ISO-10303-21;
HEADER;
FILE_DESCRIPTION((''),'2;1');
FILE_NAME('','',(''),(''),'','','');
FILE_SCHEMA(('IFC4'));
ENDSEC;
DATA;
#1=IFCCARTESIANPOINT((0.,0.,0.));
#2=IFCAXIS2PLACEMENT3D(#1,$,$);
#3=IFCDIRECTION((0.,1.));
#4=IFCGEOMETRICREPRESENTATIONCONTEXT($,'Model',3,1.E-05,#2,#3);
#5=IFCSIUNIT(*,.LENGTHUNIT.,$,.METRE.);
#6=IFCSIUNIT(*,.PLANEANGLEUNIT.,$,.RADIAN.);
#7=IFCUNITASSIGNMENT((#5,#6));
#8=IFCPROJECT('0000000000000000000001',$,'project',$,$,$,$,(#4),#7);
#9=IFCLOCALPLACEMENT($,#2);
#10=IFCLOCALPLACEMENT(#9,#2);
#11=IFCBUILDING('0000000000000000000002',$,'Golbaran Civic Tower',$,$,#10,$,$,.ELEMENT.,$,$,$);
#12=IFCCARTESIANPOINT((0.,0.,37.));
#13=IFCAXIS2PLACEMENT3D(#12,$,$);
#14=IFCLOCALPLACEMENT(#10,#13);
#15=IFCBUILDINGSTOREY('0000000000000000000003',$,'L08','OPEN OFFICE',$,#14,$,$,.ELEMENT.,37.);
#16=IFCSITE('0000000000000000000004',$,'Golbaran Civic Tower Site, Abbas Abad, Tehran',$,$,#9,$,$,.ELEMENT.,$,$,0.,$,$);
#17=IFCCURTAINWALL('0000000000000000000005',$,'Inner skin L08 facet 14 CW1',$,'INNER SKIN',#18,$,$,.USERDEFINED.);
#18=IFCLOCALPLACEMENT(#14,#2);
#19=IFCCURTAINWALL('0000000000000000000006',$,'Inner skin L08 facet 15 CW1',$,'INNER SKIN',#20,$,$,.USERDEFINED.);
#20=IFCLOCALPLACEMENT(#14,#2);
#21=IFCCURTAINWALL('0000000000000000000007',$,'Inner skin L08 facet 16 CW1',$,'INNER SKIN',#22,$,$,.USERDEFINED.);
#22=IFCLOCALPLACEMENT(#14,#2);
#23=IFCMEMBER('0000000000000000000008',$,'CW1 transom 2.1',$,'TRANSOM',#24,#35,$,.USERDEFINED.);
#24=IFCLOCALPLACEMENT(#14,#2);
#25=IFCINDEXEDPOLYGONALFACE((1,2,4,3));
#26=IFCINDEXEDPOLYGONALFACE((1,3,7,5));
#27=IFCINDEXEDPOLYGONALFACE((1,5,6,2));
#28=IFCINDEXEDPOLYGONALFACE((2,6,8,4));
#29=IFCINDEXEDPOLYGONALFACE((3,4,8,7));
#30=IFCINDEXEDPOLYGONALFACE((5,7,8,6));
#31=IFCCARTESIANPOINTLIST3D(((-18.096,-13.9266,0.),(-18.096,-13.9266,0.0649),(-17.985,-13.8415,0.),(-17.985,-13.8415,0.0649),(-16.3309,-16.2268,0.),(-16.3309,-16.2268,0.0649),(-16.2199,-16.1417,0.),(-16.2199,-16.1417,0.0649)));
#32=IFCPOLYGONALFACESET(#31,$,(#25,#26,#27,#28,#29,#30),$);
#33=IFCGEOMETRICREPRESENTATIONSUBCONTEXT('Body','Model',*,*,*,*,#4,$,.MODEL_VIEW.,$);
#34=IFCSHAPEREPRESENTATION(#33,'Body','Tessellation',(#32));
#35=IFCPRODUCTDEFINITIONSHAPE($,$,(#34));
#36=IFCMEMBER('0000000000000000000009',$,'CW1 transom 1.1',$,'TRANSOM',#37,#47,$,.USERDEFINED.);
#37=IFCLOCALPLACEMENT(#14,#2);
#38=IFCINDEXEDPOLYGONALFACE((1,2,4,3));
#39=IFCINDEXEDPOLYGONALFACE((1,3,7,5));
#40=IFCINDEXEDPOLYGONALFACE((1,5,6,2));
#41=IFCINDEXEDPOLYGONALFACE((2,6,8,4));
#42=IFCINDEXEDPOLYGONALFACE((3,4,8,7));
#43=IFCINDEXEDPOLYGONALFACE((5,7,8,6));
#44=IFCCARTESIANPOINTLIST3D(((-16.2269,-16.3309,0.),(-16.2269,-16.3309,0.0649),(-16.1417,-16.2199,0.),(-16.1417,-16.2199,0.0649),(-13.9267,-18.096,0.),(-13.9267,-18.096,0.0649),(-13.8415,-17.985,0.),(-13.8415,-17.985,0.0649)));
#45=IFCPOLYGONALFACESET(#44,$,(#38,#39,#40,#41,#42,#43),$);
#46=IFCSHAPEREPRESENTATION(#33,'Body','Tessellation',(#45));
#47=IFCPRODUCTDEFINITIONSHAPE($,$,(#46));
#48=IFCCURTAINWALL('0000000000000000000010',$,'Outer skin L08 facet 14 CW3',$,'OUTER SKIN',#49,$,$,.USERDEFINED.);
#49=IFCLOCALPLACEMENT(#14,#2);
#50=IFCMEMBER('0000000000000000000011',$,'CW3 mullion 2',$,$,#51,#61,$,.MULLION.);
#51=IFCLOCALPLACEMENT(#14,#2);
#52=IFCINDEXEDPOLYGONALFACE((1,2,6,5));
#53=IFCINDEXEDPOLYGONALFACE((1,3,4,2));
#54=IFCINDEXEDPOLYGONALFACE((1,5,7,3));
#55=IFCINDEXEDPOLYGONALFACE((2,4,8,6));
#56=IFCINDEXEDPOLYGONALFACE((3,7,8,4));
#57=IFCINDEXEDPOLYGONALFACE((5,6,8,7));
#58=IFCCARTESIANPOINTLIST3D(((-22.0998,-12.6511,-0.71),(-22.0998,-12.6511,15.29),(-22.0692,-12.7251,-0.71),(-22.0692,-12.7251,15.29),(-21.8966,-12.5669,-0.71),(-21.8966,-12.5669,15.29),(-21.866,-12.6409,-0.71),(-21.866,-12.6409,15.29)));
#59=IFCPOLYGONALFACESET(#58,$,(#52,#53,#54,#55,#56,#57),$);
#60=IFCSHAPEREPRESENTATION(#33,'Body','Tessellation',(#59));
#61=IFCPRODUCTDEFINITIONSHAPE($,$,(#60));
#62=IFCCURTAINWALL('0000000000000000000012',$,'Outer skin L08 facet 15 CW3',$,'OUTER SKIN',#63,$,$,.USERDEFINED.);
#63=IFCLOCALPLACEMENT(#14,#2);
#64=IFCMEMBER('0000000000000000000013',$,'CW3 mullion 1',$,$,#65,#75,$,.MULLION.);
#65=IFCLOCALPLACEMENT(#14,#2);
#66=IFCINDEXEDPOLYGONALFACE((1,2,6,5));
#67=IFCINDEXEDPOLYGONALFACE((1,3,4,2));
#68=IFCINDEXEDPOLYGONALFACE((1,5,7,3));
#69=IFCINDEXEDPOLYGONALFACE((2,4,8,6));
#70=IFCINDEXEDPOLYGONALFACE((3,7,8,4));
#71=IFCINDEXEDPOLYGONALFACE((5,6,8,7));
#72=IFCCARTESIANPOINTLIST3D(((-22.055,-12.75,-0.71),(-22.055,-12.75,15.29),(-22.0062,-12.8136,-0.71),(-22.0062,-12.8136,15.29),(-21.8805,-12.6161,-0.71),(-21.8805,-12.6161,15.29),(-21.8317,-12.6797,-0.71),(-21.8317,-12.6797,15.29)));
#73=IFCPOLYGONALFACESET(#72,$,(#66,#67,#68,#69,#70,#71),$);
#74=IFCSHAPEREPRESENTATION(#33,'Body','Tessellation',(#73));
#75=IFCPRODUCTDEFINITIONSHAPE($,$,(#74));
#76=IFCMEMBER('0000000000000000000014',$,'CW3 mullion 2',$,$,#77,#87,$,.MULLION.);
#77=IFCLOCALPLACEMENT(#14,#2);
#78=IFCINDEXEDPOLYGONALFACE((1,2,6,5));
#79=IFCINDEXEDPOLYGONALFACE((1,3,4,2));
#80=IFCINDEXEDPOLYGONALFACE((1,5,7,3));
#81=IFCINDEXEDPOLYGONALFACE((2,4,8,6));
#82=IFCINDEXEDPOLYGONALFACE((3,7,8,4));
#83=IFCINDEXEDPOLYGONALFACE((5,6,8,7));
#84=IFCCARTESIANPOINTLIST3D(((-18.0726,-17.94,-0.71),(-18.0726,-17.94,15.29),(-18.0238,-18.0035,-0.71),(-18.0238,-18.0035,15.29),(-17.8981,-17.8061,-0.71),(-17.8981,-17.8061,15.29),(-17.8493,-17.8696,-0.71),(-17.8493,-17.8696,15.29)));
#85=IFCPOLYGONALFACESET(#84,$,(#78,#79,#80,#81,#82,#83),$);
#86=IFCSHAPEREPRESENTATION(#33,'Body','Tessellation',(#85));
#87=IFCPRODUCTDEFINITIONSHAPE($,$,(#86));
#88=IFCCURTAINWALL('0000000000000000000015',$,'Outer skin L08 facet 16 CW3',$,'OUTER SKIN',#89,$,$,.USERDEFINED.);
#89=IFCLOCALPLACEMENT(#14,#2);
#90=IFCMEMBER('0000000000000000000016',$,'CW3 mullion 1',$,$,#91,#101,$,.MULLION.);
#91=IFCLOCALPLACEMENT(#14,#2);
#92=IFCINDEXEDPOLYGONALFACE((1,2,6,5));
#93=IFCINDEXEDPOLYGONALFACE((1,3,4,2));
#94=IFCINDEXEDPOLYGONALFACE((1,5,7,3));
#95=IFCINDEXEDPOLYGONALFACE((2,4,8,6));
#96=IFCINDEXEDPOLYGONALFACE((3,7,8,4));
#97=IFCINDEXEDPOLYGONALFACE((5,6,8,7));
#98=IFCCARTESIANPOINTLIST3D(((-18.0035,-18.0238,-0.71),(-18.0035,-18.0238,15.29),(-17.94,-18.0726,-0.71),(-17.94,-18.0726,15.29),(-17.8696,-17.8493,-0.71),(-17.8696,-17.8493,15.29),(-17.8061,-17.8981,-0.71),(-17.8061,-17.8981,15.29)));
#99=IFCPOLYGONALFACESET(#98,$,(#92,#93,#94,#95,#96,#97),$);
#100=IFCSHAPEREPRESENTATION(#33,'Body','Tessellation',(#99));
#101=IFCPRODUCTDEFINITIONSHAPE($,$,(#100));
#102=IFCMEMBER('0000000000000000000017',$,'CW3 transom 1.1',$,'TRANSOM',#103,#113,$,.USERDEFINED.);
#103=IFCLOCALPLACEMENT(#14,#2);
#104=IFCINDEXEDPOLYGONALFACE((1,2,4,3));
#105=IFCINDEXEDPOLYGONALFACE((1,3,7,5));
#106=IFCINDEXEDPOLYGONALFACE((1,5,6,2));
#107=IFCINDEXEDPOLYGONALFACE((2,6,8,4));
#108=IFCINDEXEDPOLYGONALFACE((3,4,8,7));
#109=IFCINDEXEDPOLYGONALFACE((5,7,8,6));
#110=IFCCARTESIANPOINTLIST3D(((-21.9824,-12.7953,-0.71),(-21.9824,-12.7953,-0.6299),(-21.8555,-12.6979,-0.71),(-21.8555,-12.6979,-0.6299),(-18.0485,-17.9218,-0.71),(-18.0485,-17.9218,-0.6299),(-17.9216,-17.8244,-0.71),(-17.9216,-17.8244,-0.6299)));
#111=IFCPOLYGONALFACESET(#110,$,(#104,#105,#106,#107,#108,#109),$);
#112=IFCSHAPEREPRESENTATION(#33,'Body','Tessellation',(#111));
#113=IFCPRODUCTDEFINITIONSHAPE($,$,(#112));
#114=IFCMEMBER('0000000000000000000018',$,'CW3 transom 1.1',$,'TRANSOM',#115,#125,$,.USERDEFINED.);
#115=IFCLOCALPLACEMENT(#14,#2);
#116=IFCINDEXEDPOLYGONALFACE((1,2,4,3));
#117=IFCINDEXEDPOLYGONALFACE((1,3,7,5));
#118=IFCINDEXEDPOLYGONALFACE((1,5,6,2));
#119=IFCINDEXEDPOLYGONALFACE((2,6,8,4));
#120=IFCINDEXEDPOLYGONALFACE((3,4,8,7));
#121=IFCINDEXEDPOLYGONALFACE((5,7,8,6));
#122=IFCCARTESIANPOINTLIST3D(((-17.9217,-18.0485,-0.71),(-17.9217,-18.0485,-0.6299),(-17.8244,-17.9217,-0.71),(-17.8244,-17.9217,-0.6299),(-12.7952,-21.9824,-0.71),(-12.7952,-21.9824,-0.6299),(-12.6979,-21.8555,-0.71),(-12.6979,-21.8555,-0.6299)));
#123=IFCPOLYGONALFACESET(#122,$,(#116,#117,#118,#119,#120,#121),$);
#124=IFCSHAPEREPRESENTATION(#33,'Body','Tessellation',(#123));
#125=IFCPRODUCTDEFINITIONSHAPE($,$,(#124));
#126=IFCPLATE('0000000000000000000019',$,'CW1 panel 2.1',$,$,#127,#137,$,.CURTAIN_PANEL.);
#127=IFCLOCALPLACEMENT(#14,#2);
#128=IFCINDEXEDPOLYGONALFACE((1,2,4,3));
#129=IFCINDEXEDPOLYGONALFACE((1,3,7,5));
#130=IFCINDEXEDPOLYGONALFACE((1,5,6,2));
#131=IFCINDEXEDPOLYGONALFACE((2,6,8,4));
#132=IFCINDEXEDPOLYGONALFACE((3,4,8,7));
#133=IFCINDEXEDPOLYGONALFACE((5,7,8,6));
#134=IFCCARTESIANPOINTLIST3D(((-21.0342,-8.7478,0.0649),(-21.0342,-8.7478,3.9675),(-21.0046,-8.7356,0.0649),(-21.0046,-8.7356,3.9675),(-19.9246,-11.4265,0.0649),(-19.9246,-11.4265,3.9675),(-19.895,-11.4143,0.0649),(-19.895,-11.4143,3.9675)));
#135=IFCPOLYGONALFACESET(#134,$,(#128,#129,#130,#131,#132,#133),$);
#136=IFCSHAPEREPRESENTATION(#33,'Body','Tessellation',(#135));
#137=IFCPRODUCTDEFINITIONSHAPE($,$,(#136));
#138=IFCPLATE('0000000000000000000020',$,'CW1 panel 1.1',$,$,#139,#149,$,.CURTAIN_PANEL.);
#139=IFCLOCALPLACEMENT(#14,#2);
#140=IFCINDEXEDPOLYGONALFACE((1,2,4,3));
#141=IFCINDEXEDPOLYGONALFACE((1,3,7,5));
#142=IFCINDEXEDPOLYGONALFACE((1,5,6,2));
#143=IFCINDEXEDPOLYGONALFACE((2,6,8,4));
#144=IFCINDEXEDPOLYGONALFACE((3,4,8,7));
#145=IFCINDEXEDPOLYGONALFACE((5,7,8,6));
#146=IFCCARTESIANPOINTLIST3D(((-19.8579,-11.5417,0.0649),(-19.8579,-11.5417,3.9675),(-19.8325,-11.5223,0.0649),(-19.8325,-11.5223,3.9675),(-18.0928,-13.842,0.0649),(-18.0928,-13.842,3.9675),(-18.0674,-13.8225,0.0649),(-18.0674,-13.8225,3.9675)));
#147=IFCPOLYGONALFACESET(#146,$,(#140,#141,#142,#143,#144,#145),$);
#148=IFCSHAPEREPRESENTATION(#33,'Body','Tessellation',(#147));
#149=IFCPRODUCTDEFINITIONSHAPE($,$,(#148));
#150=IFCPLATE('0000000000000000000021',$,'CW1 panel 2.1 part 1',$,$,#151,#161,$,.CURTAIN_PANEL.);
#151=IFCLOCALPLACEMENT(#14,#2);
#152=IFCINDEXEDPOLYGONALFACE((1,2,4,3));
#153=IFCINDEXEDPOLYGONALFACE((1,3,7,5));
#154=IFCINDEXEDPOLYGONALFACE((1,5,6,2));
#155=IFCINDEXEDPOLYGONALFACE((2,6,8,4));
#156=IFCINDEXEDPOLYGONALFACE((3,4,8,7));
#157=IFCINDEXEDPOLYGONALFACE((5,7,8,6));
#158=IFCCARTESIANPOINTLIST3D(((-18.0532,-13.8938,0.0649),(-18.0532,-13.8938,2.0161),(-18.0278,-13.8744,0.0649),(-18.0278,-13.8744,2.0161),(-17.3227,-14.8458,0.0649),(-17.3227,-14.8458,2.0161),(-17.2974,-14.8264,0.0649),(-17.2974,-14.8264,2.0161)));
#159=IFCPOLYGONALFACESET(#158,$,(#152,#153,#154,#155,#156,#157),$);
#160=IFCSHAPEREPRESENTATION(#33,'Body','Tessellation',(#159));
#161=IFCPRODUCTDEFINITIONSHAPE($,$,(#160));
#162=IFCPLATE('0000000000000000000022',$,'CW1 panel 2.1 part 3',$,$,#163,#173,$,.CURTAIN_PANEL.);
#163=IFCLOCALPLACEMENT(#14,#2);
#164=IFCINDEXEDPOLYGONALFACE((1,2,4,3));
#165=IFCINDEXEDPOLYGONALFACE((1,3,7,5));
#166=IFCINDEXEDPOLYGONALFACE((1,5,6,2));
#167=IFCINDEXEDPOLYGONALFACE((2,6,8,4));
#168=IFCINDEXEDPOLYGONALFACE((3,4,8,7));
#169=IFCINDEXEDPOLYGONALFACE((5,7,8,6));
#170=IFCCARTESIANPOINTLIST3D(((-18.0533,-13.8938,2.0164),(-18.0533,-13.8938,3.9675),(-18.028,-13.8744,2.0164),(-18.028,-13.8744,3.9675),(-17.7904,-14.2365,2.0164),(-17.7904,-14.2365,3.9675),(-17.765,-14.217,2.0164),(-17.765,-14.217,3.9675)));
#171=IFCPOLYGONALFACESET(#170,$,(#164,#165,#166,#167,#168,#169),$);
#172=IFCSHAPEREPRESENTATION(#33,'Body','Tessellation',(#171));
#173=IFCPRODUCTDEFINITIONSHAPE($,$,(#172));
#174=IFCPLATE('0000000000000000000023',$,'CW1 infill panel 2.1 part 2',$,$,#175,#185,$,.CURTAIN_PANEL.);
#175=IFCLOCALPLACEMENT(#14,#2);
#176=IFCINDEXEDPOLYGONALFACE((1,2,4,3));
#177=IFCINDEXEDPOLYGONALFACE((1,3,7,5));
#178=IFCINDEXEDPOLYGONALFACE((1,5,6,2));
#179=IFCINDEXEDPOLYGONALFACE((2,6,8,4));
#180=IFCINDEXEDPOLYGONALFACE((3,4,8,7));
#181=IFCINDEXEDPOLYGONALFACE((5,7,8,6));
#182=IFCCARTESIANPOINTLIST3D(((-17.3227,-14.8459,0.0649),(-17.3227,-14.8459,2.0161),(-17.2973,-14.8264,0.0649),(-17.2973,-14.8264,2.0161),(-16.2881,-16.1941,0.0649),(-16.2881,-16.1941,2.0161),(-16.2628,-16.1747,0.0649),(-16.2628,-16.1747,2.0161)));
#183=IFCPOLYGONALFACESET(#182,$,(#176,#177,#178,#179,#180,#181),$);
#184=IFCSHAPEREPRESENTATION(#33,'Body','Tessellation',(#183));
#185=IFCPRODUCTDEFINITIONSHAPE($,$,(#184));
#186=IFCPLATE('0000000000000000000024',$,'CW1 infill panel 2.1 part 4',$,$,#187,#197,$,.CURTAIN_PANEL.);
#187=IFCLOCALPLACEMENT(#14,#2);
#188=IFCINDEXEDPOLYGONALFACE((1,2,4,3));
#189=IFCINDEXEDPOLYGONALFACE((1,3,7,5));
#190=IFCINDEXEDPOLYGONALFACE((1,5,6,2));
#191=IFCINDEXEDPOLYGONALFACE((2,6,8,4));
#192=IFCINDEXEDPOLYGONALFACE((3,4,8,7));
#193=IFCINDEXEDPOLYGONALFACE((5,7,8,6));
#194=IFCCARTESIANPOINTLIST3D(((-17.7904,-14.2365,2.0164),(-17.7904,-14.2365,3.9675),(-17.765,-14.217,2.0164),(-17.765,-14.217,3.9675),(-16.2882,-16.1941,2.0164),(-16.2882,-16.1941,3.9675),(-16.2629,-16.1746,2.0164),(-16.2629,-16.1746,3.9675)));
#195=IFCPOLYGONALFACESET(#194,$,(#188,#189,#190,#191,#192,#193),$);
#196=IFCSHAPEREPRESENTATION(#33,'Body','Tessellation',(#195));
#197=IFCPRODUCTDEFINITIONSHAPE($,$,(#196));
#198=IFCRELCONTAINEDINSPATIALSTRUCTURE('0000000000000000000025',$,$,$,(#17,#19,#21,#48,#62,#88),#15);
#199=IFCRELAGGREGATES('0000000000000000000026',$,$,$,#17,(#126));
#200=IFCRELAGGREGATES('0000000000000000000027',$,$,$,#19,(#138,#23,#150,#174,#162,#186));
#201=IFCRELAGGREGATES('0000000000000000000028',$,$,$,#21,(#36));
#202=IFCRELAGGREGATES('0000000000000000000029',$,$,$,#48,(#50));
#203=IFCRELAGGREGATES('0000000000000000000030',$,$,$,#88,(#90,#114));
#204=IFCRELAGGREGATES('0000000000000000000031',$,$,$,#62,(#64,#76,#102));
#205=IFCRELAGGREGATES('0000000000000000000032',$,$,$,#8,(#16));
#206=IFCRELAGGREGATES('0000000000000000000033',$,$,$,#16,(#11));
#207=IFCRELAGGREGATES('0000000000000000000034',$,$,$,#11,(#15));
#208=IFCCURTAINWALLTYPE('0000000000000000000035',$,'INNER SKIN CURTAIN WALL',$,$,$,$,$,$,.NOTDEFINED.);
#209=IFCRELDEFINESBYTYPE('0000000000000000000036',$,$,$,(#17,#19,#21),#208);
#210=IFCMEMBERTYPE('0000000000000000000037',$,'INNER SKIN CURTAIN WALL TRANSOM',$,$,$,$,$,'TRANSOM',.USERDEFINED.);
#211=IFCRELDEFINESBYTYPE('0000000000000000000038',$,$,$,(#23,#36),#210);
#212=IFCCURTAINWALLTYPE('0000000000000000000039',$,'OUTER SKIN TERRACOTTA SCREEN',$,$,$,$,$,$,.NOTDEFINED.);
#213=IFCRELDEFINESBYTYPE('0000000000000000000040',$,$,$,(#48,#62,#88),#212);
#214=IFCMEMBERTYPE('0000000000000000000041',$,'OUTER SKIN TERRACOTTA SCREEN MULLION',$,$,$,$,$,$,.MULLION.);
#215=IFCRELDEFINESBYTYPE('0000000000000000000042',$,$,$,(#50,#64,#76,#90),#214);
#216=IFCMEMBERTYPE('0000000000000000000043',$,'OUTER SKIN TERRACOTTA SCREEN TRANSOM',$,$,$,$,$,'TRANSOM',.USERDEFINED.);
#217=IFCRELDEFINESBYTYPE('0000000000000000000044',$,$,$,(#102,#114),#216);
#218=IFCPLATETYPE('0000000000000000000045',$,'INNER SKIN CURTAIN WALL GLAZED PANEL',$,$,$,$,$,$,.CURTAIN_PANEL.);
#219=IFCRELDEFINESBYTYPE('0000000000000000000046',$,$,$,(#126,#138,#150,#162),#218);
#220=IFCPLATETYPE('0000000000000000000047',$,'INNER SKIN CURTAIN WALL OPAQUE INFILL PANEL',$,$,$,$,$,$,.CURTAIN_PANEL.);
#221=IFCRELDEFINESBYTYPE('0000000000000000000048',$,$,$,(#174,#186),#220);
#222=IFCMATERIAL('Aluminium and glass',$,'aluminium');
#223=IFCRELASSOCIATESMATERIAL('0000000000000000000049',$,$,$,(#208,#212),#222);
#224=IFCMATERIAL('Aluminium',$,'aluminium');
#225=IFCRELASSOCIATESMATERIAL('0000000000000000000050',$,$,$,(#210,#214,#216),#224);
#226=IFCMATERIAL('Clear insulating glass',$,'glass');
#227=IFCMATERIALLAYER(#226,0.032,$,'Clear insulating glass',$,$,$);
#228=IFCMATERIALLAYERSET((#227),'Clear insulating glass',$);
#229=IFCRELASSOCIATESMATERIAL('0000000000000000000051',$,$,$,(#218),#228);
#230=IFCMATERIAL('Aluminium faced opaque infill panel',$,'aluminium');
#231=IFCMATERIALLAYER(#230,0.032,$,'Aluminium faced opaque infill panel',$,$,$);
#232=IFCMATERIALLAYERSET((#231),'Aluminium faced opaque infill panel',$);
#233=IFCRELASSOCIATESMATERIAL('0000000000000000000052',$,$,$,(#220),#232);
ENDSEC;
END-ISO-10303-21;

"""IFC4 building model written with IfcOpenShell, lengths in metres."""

from ifc_helpers import new_model, si_unit, direction, frame, origin, origin_2d, place, context, subcontext, project, spatial, rectangle, extrude, material, layer, layer_set, material_profile, profile_set, type_object, element, aggregate, save


model = new_model("IFC4")

# Units and contexts
model_context = context("Model", 3, precision=1e-05, world=origin(), true_north=direction((0.0, 1.0)))
body_context = subcontext(model_context, "Body", "Model", "MODEL_VIEW")
ifc_project = project(units=[si_unit("LENGTHUNIT", "METRE"), si_unit("PLANEANGLEUNIT", "RADIAN")], contexts=[model_context])

# Site, building, storey
site_placement = place(None, origin())
site = spatial("IfcSite", under=ifc_project, at=site_placement, Name="Golbaran Civic Tower Site, Abbas Abad, Tehran", CompositionType="ELEMENT", RefElevation=0.0)
building_placement = place(site_placement, origin())
building = spatial("IfcBuilding", under=site, at=building_placement, Name="Golbaran Civic Tower", CompositionType="ELEMENT")
storey_placement = place(building_placement, frame((0.0, 0.0, 37.0)))
storey = spatial("IfcBuildingStorey", under=building, at=storey_placement, Name="L08", Description="OPEN OFFICE", CompositionType="ELEMENT", Elevation=37.0)

# Curtain wall
ifc_material_1 = material(Name="Aluminium and glass", Category="aluminium")
curtain_wall_type_1 = type_object("IfcCurtainWallType", Name="INNER SKIN CURTAIN WALL", PredefinedType="NOTDEFINED", material=ifc_material_1)
curtain_wall_1_placement = place(storey_placement, origin())
curtain_wall_1 = element("IfcCurtainWall", 1, at=curtain_wall_1_placement, inside=storey, type_object=curtain_wall_type_1, Name="Inner skin L08 facet 14 CW1", ObjectType="INNER SKIN", PredefinedType="USERDEFINED")
ifc_material_2 = material(Name="Aluminium", Category="aluminium")

# Curtain wall
curtain_wall_2_placement = place(storey_placement, origin())
curtain_wall_2 = element("IfcCurtainWall", 2, at=curtain_wall_2_placement, inside=storey, type_object=curtain_wall_type_1, Name="Inner skin L08 facet 15 CW1", ObjectType="INNER SKIN", PredefinedType="USERDEFINED")

# Curtain wall
curtain_wall_3_placement = place(storey_placement, origin())
curtain_wall_3 = element("IfcCurtainWall", 3, at=curtain_wall_3_placement, inside=storey, type_object=curtain_wall_type_1, Name="Inner skin L08 facet 16 CW1", ObjectType="INNER SKIN", PredefinedType="USERDEFINED")

# Members
ifc_material_profile_1 = material_profile(ifc_material_2, rectangle(XDim=0.1399, YDim=0.0649, at=origin_2d()), Name="INNER SKIN CURTAIN WALL TRANSOM")
ifc_profile_set_1 = profile_set([ifc_material_profile_1], Name="Aluminium")
member_type_1 = type_object("IfcMemberType", Name="INNER SKIN CURTAIN WALL TRANSOM", ElementType="TRANSOM", PredefinedType="USERDEFINED", material=ifc_profile_set_1)
member_1_placement = place(storey_placement, frame((-18.0405, -13.884, 0.0325), z_axis=(0.608774, -0.793343, 0.0), x_axis=(0.793343, 0.608774, 0.0)))
member_1 = element("IfcMember", 4, at=member_1_placement, type_object=member_type_1, Name="CW1 transom 2.1", ObjectType="TRANSOM", PredefinedType="USERDEFINED", context=body_context, shape_type="SweptSolid", body=[
    extrude(rectangle(XDim=0.1399, YDim=0.0649, at=origin_2d()), origin(), (0.0, 0.0, 1.0), 2.8994),
])
member_2_placement = place(storey_placement, frame((-16.1843, -16.2754, 0.0325), z_axis=(0.793343, -0.608774, 0.0), x_axis=(0.608774, 0.793343, 0.0)))
member_2 = element("IfcMember", 5, at=member_2_placement, type_object=member_type_1, Name="CW1 transom 1.1", ObjectType="TRANSOM", PredefinedType="USERDEFINED", context=body_context, shape_type="SweptSolid", body=[
    extrude(rectangle(XDim=0.1399, YDim=0.0649, at=origin_2d()), origin(), (0.0, 0.0, 1.0), 2.8994),
])

# Curtain wall, member
curtain_wall_type_2 = type_object("IfcCurtainWallType", Name="OUTER SKIN TERRACOTTA SCREEN", PredefinedType="NOTDEFINED", material=ifc_material_1)
curtain_wall_4_placement = place(storey_placement, origin())
curtain_wall_4 = element("IfcCurtainWall", 6, at=curtain_wall_4_placement, inside=storey, type_object=curtain_wall_type_2, Name="Outer skin L08 facet 14 CW3", ObjectType="OUTER SKIN", PredefinedType="USERDEFINED")
ifc_material_profile_2 = material_profile(ifc_material_2, rectangle(XDim=0.22, YDim=0.0801, at=origin_2d()), Name="OUTER SKIN TERRACOTTA SCREEN MULLION")
ifc_profile_set_2 = profile_set([ifc_material_profile_2], Name="Aluminium")
member_type_2 = type_object("IfcMemberType", Name="OUTER SKIN TERRACOTTA SCREEN MULLION", PredefinedType="MULLION", material=ifc_profile_set_2)
member_3_placement = place(storey_placement, frame((-21.9829, -12.646, -0.71), z_axis=(0.0, 0.0, 1.0), x_axis=(0.92388, 0.382683, 0.0)))
member_3 = element("IfcMember", 7, at=member_3_placement, type_object=member_type_2, Name="CW3 mullion 2", PredefinedType="MULLION", context=body_context, shape_type="SweptSolid", body=[
    extrude(rectangle(XDim=0.22, YDim=0.0801, at=origin_2d()), origin(), (0.0, 0.0, 1.0), 16.0),
])

# Curtain wall, members
curtain_wall_5_placement = place(storey_placement, origin())
curtain_wall_5 = element("IfcCurtainWall", 8, at=curtain_wall_5_placement, inside=storey, type_object=curtain_wall_type_2, Name="Outer skin L08 facet 15 CW3", ObjectType="OUTER SKIN", PredefinedType="USERDEFINED")
member_4_placement = place(storey_placement, frame((-21.9434, -12.7148, -0.71), z_axis=(0.0, 0.0, 1.0), x_axis=(0.793353, 0.608761, 0.0)))
member_4 = element("IfcMember", 9, at=member_4_placement, type_object=member_type_2, Name="CW3 mullion 1", PredefinedType="MULLION", context=body_context, shape_type="SweptSolid", body=[
    extrude(rectangle(XDim=0.22, YDim=0.0801, at=origin_2d()), origin(), (0.0, 0.0, 1.0), 16.0),
])
member_5_placement = place(storey_placement, frame((-17.9609, -17.9048, -0.71), z_axis=(0.0, 0.0, 1.0), x_axis=(0.793353, 0.608761, 0.0)))
member_5 = element("IfcMember", 10, at=member_5_placement, type_object=member_type_2, Name="CW3 mullion 2", PredefinedType="MULLION", context=body_context, shape_type="SweptSolid", body=[
    extrude(rectangle(XDim=0.22, YDim=0.0801, at=origin_2d()), origin(), (0.0, 0.0, 1.0), 16.0),
])

# Curtain wall, member
curtain_wall_6_placement = place(storey_placement, origin())
curtain_wall_6 = element("IfcCurtainWall", 11, at=curtain_wall_6_placement, inside=storey, type_object=curtain_wall_type_2, Name="Outer skin L08 facet 16 CW3", ObjectType="OUTER SKIN", PredefinedType="USERDEFINED")
member_6_placement = place(storey_placement, frame((-17.9048, -17.9609, -0.71), z_axis=(0.0, 0.0, 1.0), x_axis=(0.608761, 0.793353, 0.0)))
member_6 = element("IfcMember", 12, at=member_6_placement, type_object=member_type_2, Name="CW3 mullion 1", PredefinedType="MULLION", context=body_context, shape_type="SweptSolid", body=[
    extrude(rectangle(XDim=0.22, YDim=0.0801, at=origin_2d()), origin(), (0.0, 0.0, 1.0), 16.0),
])

# Members
ifc_material_profile_3 = material_profile(ifc_material_2, rectangle(XDim=0.1599, YDim=0.0801, at=origin_2d()), Name="OUTER SKIN TERRACOTTA SCREEN TRANSOM")
ifc_profile_set_3 = profile_set([ifc_material_profile_3], Name="Aluminium")
member_type_3 = type_object("IfcMemberType", Name="OUTER SKIN TERRACOTTA SCREEN TRANSOM", ElementType="TRANSOM", PredefinedType="USERDEFINED", material=ifc_profile_set_3)
member_7_placement = place(storey_placement, frame((-21.9189, -12.7466, -0.6699), z_axis=(0.608777, -0.793341, 0.0), x_axis=(0.793341, 0.608777, 0.0)))
member_7 = element("IfcMember", 13, at=member_7_placement, type_object=member_type_3, Name="CW3 transom 1.1", ObjectType="TRANSOM", PredefinedType="USERDEFINED", context=body_context, shape_type="SweptSolid", body=[
    extrude(rectangle(XDim=0.1599, YDim=0.0801, at=origin_2d()), origin(), (0.0, 0.0, 1.0), 6.4619),
])
member_8_placement = place(storey_placement, frame((-17.873, -17.9851, -0.6699), z_axis=(0.793341, -0.608777, 0.0), x_axis=(0.608777, 0.793341, 0.0)))
member_8 = element("IfcMember", 14, at=member_8_placement, type_object=member_type_3, Name="CW3 transom 1.1", ObjectType="TRANSOM", PredefinedType="USERDEFINED", context=body_context, shape_type="SweptSolid", body=[
    extrude(rectangle(XDim=0.1599, YDim=0.0801, at=origin_2d()), origin(), (0.0, 0.0, 1.0), 6.4619),
])

# Plates
ifc_material_3 = material(Name="Clear insulating glass", Category="glass")
ifc_layer_1 = layer(ifc_material_3, 0.032, Name="Clear insulating glass")
ifc_layer_set_1 = layer_set([ifc_layer_1], Name="Clear insulating glass")
plate_type_1 = type_object("IfcPlateType", Name="INNER SKIN CURTAIN WALL GLAZED PANEL", PredefinedType="CURTAIN_PANEL", material=ifc_layer_set_1)
plate_1_placement = place(storey_placement, frame((-20.4646, -10.0811, 0.0649), z_axis=(0.0, 0.0, 1.0), x_axis=(0.382683, -0.92388, 0.0)))
plate_1 = element("IfcPlate", 15, at=plate_1_placement, type_object=plate_type_1, Name="CW1 panel 2.1", PredefinedType="CURTAIN_PANEL", context=body_context, shape_type="SweptSolid", body=[
    extrude(rectangle(XDim=2.8994, YDim=0.032, at=origin_2d()), origin(), (0.0, 0.0, 1.0), 3.9026),
])
aggregate(curtain_wall_1, [plate_1])
plate_2_placement = place(storey_placement, frame((-18.9626, -12.6821, 0.0649), z_axis=(0.0, 0.0, 1.0), x_axis=(0.608761, -0.793353, 0.0)))
plate_2 = element("IfcPlate", 16, at=plate_2_placement, type_object=plate_type_1, Name="CW1 panel 1.1", PredefinedType="CURTAIN_PANEL", context=body_context, shape_type="SweptSolid", body=[
    extrude(rectangle(XDim=2.8994, YDim=0.032, at=origin_2d()), origin(), (0.0, 0.0, 1.0), 3.9026),
])
plate_3_placement = place(storey_placement, frame((-17.6753, -14.3601, 0.0649), z_axis=(0.0, 0.0, 1.0), x_axis=(0.608761, -0.793353, 0.0)))
plate_3 = element("IfcPlate", 17, at=plate_3_placement, type_object=plate_type_1, Name="CW1 panel 2.1 part 1", PredefinedType="CURTAIN_PANEL", context=body_context, shape_type="SweptSolid", body=[
    extrude(rectangle(XDim=1.2, YDim=0.032, at=origin_2d()), origin(), (0.0, 0.0, 1.0), 1.9512),
])
plate_4_placement = place(storey_placement, frame((-17.9092, -14.0554, 2.0164), z_axis=(0.0, 0.0, 1.0), x_axis=(0.608761, -0.793353, 0.0)))
plate_4 = element("IfcPlate", 18, at=plate_4_placement, type_object=plate_type_1, Name="CW1 panel 2.1 part 3", PredefinedType="CURTAIN_PANEL", context=body_context, shape_type="SweptSolid", body=[
    extrude(rectangle(XDim=0.4319, YDim=0.032, at=origin_2d()), origin(), (0.0, 0.0, 1.0), 1.9512),
])
ifc_material_4 = material(Name="Aluminium faced opaque infill panel", Category="aluminium")
ifc_layer_2 = layer(ifc_material_4, 0.032, Name="Aluminium faced opaque infill panel")
ifc_layer_set_2 = layer_set([ifc_layer_2], Name="Aluminium faced opaque infill panel")
plate_type_2 = type_object("IfcPlateType", Name="INNER SKIN CURTAIN WALL OPAQUE INFILL PANEL", PredefinedType="CURTAIN_PANEL", material=ifc_layer_set_2)
plate_5_placement = place(storey_placement, frame((-16.7927, -15.5103, 0.0649), z_axis=(0.0, 0.0, 1.0), x_axis=(0.608761, -0.793353, 0.0)))
plate_5 = element("IfcPlate", 19, at=plate_5_placement, type_object=plate_type_2, Name="CW1 infill panel 2.1 part 2", PredefinedType="CURTAIN_PANEL", context=body_context, shape_type="SweptSolid", body=[
    extrude(rectangle(XDim=1.6995, YDim=0.032, at=origin_2d()), origin(), (0.0, 0.0, 1.0), 1.9512),
])
plate_6_placement = place(storey_placement, frame((-17.0266, -15.2056, 2.0164), z_axis=(0.0, 0.0, 1.0), x_axis=(0.608761, -0.793353, 0.0)))
plate_6 = element("IfcPlate", 20, at=plate_6_placement, type_object=plate_type_2, Name="CW1 infill panel 2.1 part 4", PredefinedType="CURTAIN_PANEL", context=body_context, shape_type="SweptSolid", body=[
    extrude(rectangle(XDim=2.4675, YDim=0.032, at=origin_2d()), origin(), (0.0, 0.0, 1.0), 1.9512),
])
aggregate(curtain_wall_2, [plate_2, member_1, plate_3, plate_5, plate_4, plate_6])
aggregate(curtain_wall_3, [member_2])
aggregate(curtain_wall_4, [member_3])
aggregate(curtain_wall_6, [member_6, member_8])
aggregate(curtain_wall_5, [member_4, member_5, member_7])

save(model, "model.ifc")
